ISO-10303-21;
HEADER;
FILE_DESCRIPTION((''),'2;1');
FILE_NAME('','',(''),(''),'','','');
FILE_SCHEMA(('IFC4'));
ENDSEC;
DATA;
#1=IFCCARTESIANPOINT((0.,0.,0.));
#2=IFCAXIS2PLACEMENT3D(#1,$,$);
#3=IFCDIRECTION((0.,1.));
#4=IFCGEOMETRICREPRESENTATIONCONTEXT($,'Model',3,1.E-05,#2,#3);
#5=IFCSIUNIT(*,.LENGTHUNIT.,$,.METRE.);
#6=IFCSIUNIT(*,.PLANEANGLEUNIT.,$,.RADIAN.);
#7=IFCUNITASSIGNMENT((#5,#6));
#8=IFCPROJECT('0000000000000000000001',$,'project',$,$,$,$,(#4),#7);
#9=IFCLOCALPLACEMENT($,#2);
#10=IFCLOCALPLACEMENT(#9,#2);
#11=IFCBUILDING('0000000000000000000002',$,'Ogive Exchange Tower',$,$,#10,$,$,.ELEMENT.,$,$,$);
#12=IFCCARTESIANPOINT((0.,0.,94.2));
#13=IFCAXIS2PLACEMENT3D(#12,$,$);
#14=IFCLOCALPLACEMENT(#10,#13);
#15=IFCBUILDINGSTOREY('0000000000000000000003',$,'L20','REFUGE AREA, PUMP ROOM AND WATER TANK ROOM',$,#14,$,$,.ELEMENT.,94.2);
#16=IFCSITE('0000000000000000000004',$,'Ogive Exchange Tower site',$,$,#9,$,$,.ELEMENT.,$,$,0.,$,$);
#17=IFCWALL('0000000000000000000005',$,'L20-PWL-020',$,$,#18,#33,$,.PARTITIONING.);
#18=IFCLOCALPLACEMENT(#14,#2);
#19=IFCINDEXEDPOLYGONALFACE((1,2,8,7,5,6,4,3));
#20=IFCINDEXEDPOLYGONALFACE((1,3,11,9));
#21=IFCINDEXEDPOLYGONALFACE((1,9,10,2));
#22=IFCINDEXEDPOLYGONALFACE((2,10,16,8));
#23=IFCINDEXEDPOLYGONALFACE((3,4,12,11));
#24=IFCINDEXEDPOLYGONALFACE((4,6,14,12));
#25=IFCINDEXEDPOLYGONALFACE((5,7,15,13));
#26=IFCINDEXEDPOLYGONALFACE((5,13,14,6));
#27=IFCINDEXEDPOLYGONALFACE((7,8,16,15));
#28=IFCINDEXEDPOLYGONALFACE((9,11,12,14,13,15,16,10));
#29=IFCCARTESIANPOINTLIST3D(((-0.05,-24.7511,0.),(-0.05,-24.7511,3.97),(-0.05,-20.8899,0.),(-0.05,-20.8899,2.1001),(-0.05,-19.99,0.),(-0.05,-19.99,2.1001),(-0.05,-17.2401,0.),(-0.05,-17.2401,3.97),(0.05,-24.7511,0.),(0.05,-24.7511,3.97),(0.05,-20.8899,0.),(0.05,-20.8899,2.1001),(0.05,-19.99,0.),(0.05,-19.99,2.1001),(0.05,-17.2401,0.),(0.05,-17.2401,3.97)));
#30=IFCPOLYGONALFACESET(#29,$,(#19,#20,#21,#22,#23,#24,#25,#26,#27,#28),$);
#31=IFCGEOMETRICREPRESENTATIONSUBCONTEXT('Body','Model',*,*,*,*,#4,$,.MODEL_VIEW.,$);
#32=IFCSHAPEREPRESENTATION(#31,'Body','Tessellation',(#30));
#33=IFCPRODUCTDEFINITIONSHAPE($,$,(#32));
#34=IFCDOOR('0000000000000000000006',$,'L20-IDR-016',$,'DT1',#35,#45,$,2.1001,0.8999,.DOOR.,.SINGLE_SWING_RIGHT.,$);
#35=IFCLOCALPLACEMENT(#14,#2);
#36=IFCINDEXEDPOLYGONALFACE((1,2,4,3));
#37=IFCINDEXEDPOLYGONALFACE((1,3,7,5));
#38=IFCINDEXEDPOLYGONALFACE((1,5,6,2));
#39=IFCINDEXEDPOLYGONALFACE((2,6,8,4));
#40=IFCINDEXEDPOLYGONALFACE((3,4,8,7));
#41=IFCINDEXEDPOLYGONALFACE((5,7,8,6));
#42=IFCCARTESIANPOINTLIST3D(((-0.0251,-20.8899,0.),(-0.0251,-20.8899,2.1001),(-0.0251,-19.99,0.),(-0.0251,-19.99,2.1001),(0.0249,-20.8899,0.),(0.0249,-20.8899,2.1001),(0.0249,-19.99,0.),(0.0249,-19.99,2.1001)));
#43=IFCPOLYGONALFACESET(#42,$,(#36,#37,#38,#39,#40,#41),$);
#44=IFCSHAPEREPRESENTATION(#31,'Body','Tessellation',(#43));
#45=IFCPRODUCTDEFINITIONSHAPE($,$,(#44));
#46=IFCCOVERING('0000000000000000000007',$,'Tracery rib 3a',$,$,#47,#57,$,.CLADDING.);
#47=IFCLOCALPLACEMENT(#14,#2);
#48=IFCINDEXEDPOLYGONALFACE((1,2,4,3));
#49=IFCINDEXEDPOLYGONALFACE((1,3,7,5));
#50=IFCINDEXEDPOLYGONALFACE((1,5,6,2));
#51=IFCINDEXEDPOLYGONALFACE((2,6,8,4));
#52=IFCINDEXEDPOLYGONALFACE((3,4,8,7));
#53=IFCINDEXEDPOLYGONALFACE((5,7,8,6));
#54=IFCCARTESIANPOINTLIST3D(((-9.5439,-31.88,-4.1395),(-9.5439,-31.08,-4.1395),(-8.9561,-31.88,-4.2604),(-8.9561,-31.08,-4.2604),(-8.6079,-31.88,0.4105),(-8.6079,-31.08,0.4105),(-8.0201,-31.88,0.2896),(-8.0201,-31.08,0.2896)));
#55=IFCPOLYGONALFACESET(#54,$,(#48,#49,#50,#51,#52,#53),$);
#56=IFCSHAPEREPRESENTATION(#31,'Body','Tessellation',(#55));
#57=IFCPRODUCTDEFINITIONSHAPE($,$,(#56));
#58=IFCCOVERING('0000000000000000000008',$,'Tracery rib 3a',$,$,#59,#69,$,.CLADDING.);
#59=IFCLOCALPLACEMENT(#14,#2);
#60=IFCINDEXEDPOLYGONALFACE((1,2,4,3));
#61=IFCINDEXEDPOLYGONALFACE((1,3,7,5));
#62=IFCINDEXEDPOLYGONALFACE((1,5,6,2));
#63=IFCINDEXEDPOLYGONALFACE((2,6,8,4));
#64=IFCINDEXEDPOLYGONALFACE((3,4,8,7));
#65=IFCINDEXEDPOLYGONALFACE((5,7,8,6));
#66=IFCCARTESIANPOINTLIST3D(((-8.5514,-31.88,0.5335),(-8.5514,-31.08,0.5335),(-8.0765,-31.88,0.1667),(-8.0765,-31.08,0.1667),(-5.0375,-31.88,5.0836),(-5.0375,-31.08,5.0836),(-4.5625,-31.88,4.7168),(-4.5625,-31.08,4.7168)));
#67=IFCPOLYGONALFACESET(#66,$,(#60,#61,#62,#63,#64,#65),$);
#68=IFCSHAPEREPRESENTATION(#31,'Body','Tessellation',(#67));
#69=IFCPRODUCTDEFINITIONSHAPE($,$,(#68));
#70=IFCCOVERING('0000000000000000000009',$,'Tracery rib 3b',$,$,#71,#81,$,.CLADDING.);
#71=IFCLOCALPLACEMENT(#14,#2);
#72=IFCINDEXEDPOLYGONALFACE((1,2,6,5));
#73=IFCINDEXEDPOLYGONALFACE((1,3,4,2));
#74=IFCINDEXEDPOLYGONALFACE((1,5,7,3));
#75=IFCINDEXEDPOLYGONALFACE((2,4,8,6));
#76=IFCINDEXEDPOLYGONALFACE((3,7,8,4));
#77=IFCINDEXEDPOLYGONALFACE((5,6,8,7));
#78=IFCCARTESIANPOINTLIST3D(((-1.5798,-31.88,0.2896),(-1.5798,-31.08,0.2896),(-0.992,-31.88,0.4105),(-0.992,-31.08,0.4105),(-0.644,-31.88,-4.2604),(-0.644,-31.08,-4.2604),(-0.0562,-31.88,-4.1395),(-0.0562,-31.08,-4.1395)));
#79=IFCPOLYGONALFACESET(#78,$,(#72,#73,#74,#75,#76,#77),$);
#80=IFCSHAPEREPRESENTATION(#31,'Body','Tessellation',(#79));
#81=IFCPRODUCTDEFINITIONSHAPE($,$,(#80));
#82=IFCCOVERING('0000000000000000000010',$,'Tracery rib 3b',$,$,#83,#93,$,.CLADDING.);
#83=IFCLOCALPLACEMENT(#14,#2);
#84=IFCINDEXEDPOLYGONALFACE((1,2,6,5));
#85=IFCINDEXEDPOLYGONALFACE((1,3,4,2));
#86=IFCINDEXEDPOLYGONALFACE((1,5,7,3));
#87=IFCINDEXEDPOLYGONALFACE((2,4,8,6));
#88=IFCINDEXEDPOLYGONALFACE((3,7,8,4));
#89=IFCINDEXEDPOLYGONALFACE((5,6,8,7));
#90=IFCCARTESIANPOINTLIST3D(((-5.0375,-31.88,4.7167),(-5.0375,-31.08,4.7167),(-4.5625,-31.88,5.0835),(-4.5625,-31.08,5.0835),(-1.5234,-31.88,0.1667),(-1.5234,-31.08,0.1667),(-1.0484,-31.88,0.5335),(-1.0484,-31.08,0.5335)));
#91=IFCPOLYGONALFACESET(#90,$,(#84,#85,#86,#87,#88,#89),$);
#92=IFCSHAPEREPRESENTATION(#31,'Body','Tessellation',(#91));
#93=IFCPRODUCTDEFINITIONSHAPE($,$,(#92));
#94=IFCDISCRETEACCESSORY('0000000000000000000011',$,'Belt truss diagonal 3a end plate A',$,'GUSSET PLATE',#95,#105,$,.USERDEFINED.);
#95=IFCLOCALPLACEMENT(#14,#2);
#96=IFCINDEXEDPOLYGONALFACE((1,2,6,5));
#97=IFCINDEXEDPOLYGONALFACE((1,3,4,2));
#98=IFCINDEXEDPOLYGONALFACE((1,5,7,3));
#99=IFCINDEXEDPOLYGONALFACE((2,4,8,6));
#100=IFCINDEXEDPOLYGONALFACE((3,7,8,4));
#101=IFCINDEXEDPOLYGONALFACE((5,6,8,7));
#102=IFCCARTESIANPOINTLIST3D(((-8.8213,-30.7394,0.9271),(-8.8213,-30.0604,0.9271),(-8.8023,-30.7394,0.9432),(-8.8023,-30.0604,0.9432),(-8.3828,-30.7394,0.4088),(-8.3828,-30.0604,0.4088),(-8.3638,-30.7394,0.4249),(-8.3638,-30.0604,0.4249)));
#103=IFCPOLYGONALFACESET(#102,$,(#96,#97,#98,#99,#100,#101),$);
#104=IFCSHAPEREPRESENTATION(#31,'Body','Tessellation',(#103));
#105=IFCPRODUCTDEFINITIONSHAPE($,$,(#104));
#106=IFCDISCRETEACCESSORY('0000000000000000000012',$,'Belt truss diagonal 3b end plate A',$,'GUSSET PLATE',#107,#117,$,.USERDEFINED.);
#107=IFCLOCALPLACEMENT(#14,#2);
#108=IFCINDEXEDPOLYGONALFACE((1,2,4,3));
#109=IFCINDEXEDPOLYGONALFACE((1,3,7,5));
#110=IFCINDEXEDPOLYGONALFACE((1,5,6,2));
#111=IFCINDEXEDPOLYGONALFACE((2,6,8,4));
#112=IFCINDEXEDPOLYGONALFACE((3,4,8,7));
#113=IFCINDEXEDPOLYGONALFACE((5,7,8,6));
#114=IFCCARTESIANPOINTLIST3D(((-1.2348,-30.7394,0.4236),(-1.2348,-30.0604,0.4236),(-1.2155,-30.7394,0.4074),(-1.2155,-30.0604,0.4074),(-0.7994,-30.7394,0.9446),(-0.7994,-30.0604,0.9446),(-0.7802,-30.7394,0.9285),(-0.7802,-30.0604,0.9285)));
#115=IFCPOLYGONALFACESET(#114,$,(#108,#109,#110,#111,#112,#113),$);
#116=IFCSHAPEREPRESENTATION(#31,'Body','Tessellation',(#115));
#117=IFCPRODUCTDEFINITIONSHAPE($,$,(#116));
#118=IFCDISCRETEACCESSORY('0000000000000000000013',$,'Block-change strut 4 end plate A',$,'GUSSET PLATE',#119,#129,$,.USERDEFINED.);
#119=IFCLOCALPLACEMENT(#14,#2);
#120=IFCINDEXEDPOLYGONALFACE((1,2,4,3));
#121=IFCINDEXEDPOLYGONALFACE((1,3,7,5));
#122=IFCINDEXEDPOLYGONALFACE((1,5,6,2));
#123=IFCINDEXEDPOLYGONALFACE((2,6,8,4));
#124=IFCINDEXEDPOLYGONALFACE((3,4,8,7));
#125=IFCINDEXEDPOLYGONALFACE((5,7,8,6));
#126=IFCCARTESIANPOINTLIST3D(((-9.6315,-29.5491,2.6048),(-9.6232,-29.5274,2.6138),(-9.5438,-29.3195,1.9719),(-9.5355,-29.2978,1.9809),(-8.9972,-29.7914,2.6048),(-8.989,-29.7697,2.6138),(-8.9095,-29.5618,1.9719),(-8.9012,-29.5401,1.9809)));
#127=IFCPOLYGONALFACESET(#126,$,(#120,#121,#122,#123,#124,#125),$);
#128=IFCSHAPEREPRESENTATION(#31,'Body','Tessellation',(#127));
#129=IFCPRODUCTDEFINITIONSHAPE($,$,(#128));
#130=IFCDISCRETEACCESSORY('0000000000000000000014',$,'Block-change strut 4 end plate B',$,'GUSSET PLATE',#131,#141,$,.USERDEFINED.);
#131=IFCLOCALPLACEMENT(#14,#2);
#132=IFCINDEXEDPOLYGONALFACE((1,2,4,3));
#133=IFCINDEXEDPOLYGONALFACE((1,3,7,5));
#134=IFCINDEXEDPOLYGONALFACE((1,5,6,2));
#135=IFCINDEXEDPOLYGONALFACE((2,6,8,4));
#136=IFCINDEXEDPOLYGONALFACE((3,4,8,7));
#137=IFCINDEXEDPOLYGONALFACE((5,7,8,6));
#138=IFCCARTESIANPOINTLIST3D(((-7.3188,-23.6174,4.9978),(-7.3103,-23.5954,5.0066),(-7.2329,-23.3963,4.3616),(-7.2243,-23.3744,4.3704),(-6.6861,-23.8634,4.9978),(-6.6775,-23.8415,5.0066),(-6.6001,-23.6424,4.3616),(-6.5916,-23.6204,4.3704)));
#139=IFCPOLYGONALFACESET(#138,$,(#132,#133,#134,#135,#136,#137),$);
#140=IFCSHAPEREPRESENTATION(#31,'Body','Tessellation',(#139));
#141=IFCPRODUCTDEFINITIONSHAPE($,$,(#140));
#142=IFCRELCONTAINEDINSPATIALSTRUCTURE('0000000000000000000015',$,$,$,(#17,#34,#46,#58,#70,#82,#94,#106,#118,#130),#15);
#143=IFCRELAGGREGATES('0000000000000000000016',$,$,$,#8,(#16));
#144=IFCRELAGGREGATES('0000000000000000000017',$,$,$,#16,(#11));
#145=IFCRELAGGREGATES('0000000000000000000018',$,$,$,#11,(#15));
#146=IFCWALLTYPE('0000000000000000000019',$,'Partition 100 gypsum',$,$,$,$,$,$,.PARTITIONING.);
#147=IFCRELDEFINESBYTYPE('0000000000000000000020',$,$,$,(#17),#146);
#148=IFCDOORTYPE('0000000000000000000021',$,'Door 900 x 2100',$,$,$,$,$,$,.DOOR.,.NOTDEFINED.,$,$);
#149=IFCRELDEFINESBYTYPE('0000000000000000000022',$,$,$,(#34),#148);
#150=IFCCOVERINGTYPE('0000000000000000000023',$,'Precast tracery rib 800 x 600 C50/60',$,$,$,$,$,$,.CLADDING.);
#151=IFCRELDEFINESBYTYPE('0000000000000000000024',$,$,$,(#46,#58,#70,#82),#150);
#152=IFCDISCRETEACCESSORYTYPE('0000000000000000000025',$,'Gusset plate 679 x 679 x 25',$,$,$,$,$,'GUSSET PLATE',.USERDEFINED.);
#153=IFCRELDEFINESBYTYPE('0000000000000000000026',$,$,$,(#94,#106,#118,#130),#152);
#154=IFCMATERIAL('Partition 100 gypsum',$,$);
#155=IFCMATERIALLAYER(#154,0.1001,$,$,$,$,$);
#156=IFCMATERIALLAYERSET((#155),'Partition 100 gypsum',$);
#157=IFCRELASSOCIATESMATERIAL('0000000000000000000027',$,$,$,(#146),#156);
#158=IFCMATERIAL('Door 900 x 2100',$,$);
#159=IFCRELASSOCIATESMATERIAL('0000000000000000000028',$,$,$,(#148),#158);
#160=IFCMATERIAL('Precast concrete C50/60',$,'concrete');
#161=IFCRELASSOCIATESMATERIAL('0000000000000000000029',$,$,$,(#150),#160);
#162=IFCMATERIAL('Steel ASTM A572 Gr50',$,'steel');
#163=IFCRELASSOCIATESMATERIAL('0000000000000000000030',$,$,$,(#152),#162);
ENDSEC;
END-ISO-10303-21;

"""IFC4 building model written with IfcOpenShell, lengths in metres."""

from ifc_helpers import new_model, si_unit, direction, frame, frame_2d, origin, origin_2d, place, context, subcontext, project, spatial, rectangle, extrude, material, layer, layer_set, material_profile, profile_set, type_object, element, fill, save


model = new_model("IFC4")

# Units and contexts
model_context = context("Model", 3, precision=1e-05, world=origin(), true_north=direction((0.0, 1.0)))
body_context = subcontext(model_context, "Body", "Model", "MODEL_VIEW")
ifc_project = project(units=[si_unit("LENGTHUNIT", "METRE"), si_unit("PLANEANGLEUNIT", "RADIAN")], contexts=[model_context])

# Site, building, storey
site_placement = place(None, origin())
site = spatial("IfcSite", under=ifc_project, at=site_placement, Name="Ogive Exchange Tower site", CompositionType="ELEMENT", RefElevation=0.0)
building_placement = place(site_placement, origin())
building = spatial("IfcBuilding", under=site, at=building_placement, Name="Ogive Exchange Tower", CompositionType="ELEMENT")
storey_placement = place(building_placement, frame((0.0, 0.0, 94.2)))
storey = spatial("IfcBuildingStorey", under=building, at=storey_placement, Name="L20", Description="REFUGE AREA, PUMP ROOM AND WATER TANK ROOM", CompositionType="ELEMENT", Elevation=94.2)

# Shared definitions
ifc_material_1 = material(Name="Partition 100 gypsum")
ifc_layer = layer(ifc_material_1, 0.1001)
ifc_layer_set = layer_set([ifc_layer], Name="Partition 100 gypsum")
wall_type = type_object("IfcWallType", Name="Partition 100 gypsum", PredefinedType="PARTITIONING", material=ifc_layer_set)

# Wall, opening, door
wall_1_placement = place(storey_placement, frame((0.0, -24.751, 0.0), z_axis=(0.0, 0.0, 1.0), x_axis=(0.0, 1.0, 0.0)))
wall_1 = element("IfcWall", 1, at=wall_1_placement, inside=storey, type_object=wall_type, Name="L20-PWL-020", PredefinedType="PARTITIONING", context=body_context, shape_type="SweptSolid", body=[
    extrude(rectangle(XDim=7.511, YDim=0.1001, at=frame_2d((3.7554, 0.0))), origin(), (0.0, 0.0, 1.0), 3.97),
])
opening_placement = place(wall_1_placement, frame((3.8611, 0.0, 0.0)))
opening = element("IfcOpeningElement", 2, at=opening_placement, cuts=wall_1, PredefinedType="OPENING", context=body_context, shape_type="SweptSolid", body=[
    extrude(rectangle(XDim=0.8999, YDim=2.1001, at=frame_2d((0.45, 1.05))), frame((0.0, 0.0601, 0.0), z_axis=(0.0, -1.0, 0.0), x_axis=(1.0, 0.0, 0.0)), (0.0, 0.0, 1.0), 0.1201),
])
ifc_material_2 = material(Name="Door 900 x 2100")
door_type = type_object("IfcDoorType", Name="Door 900 x 2100", OperationType="NOTDEFINED", PredefinedType="DOOR", material=ifc_material_2)
door_placement = place(opening_placement, frame((0.8999, 0.0, 0.0), z_axis=(0.0, 0.0, 1.0), x_axis=(-1.0, 0.0, 0.0)))
door = element("IfcDoor", 3, at=door_placement, inside=storey, type_object=door_type, Name="L20-IDR-016", ObjectType="DT1", OperationType="SINGLE_SWING_RIGHT", OverallHeight=2.1001, OverallWidth=0.8999, PredefinedType="DOOR", context=body_context, shape_type="SweptSolid", body=[
    extrude(rectangle(XDim=0.8999, YDim=2.1001, at=frame_2d((0.45, 1.05))), frame((0.0, 0.0249, 0.0), z_axis=(0.0, -1.0, 0.0), x_axis=(1.0, 0.0, 0.0)), (0.0, 0.0, 1.0), 0.05),
])
fill(opening, door)

# Coverings
ifc_material_3 = material(Name="Precast concrete C50/60", Category="concrete")
ifc_material_profile_1 = material_profile(ifc_material_3, rectangle(XDim=0.8, YDim=0.6001, at=origin_2d()), Name="RIB 800 x 600")
ifc_profile_set_1 = profile_set([ifc_material_profile_1], Name="Precast concrete C50/60")
covering_type = type_object("IfcCoveringType", Name="Precast tracery rib 800 x 600 C50/60", PredefinedType="CLADDING", material=ifc_profile_set_1)
covering_1_placement = place(storey_placement, frame((-9.25, -31.48, -4.2), z_axis=(0.2015, 0.0, 0.979488), x_axis=(0.0, 1.0, 0.0)))
element("IfcCovering", 4, at=covering_1_placement, inside=storey, type_object=covering_type, Name="Tracery rib 3a", PredefinedType="CLADDING", context=body_context, shape_type="SweptSolid", body=[
    extrude(rectangle(XDim=0.8, YDim=0.6001, at=origin_2d()), origin(), (0.0, 0.0, 1.0), 4.6453),
])
covering_2_placement = place(storey_placement, frame((-8.314, -31.48, 0.3501), z_axis=(0.611226, 0.0, 0.791456), x_axis=(0.0, 1.0, 0.0)))
element("IfcCovering", 5, at=covering_2_placement, inside=storey, type_object=covering_type, Name="Tracery rib 3a", PredefinedType="CLADDING", context=body_context, shape_type="SweptSolid", body=[
    extrude(rectangle(XDim=0.8, YDim=0.6001, at=origin_2d()), origin(), (0.0, 0.0, 1.0), 5.749),
])
covering_3_placement = place(storey_placement, frame((-0.3501, -31.48, -4.2), z_axis=(-0.20145, 0.0, 0.979499), x_axis=(0.0, -1.0, 0.0)))
element("IfcCovering", 6, at=covering_3_placement, inside=storey, type_object=covering_type, Name="Tracery rib 3b", PredefinedType="CLADDING", context=body_context, shape_type="SweptSolid", body=[
    extrude(rectangle(XDim=0.8, YDim=0.6001, at=origin_2d()), origin(), (0.0, 0.0, 1.0), 4.6453),
])
covering_4_placement = place(storey_placement, frame((-1.2859, -31.48, 0.3501), z_axis=(-0.611253, 0.0, 0.791435), x_axis=(0.0, -1.0, 0.0)))
element("IfcCovering", 7, at=covering_4_placement, inside=storey, type_object=covering_type, Name="Tracery rib 3b", PredefinedType="CLADDING", context=body_context, shape_type="SweptSolid", body=[
    extrude(rectangle(XDim=0.8, YDim=0.6001, at=origin_2d()), origin(), (0.0, 0.0, 1.0), 5.749),
])

# Discrete accessories
ifc_material_4 = material(Name="Steel ASTM A572 Gr50", Category="steel")
ifc_material_profile_2 = material_profile(ifc_material_4, rectangle(XDim=0.679, YDim=0.679, at=origin_2d()), Name="PL 679 x 679 x 25")
ifc_profile_set_2 = profile_set([ifc_material_profile_2], Name="Steel ASTM A572 Gr50")
discrete_accessory_type = type_object("IfcDiscreteAccessoryType", Name="Gusset plate 679 x 679 x 25", ElementType="GUSSET PLATE", PredefinedType="USERDEFINED", material=ifc_profile_set_2)
discrete_accessory_1_placement = place(storey_placement, frame((-8.6021, -30.3999, 0.668), z_axis=(0.763386, 0.0, 0.645942), x_axis=(0.0, 1.0, 0.0)))
element("IfcDiscreteAccessory", 8, at=discrete_accessory_1_placement, inside=storey, type_object=discrete_accessory_type, Name="Belt truss diagonal 3a end plate A", ObjectType="GUSSET PLATE", PredefinedType="USERDEFINED", context=body_context, shape_type="SweptSolid", body=[
    extrude(rectangle(XDim=0.679, YDim=0.679, at=origin_2d()), origin(), (0.0, 0.0, 1.0), 0.0249),
])
discrete_accessory_2_placement = place(storey_placement, frame((-0.9978, -30.3999, 0.668), z_axis=(-0.767424, 0.0, 0.641139), x_axis=(0.0, -1.0, 0.0)))
element("IfcDiscreteAccessory", 9, at=discrete_accessory_2_placement, inside=storey, type_object=discrete_accessory_type, Name="Belt truss diagonal 3b end plate A", ObjectType="GUSSET PLATE", PredefinedType="USERDEFINED", context=body_context, shape_type="SweptSolid", body=[
    extrude(rectangle(XDim=0.679, YDim=0.679, at=origin_2d()), origin(), (0.0, 0.0, 1.0), 0.0251),
])
discrete_accessory_3_placement = place(storey_placement, frame((-9.2705, -29.5554, 2.2883), z_axis=(0.332663, 0.870793, 0.362015), x_axis=(-0.934155, 0.356868, 0.0)))
element("IfcDiscreteAccessory", 10, at=discrete_accessory_3_placement, inside=storey, type_object=discrete_accessory_type, Name="Block-change strut 4 end plate A", ObjectType="GUSSET PLATE", PredefinedType="USERDEFINED", context=body_context, shape_type="SweptSolid", body=[
    extrude(rectangle(XDim=0.679, YDim=0.679, at=origin_2d()), origin(), (0.0, 0.0, 1.0), 0.0249),
])
discrete_accessory_4_placement = place(storey_placement, frame((-6.9595, -23.6299, 4.6797), z_axis=(0.339614, 0.873293, 0.349317), x_axis=(-0.932005, 0.362446, 0.0)))
element("IfcDiscreteAccessory", 11, at=discrete_accessory_4_placement, inside=storey, type_object=discrete_accessory_type, Name="Block-change strut 4 end plate B", ObjectType="GUSSET PLATE", PredefinedType="USERDEFINED", context=body_context, shape_type="SweptSolid", body=[
    extrude(rectangle(XDim=0.679, YDim=0.679, at=origin_2d()), origin(), (0.0, 0.0, 1.0), 0.0251),
])

save(model, "model.ifc")
